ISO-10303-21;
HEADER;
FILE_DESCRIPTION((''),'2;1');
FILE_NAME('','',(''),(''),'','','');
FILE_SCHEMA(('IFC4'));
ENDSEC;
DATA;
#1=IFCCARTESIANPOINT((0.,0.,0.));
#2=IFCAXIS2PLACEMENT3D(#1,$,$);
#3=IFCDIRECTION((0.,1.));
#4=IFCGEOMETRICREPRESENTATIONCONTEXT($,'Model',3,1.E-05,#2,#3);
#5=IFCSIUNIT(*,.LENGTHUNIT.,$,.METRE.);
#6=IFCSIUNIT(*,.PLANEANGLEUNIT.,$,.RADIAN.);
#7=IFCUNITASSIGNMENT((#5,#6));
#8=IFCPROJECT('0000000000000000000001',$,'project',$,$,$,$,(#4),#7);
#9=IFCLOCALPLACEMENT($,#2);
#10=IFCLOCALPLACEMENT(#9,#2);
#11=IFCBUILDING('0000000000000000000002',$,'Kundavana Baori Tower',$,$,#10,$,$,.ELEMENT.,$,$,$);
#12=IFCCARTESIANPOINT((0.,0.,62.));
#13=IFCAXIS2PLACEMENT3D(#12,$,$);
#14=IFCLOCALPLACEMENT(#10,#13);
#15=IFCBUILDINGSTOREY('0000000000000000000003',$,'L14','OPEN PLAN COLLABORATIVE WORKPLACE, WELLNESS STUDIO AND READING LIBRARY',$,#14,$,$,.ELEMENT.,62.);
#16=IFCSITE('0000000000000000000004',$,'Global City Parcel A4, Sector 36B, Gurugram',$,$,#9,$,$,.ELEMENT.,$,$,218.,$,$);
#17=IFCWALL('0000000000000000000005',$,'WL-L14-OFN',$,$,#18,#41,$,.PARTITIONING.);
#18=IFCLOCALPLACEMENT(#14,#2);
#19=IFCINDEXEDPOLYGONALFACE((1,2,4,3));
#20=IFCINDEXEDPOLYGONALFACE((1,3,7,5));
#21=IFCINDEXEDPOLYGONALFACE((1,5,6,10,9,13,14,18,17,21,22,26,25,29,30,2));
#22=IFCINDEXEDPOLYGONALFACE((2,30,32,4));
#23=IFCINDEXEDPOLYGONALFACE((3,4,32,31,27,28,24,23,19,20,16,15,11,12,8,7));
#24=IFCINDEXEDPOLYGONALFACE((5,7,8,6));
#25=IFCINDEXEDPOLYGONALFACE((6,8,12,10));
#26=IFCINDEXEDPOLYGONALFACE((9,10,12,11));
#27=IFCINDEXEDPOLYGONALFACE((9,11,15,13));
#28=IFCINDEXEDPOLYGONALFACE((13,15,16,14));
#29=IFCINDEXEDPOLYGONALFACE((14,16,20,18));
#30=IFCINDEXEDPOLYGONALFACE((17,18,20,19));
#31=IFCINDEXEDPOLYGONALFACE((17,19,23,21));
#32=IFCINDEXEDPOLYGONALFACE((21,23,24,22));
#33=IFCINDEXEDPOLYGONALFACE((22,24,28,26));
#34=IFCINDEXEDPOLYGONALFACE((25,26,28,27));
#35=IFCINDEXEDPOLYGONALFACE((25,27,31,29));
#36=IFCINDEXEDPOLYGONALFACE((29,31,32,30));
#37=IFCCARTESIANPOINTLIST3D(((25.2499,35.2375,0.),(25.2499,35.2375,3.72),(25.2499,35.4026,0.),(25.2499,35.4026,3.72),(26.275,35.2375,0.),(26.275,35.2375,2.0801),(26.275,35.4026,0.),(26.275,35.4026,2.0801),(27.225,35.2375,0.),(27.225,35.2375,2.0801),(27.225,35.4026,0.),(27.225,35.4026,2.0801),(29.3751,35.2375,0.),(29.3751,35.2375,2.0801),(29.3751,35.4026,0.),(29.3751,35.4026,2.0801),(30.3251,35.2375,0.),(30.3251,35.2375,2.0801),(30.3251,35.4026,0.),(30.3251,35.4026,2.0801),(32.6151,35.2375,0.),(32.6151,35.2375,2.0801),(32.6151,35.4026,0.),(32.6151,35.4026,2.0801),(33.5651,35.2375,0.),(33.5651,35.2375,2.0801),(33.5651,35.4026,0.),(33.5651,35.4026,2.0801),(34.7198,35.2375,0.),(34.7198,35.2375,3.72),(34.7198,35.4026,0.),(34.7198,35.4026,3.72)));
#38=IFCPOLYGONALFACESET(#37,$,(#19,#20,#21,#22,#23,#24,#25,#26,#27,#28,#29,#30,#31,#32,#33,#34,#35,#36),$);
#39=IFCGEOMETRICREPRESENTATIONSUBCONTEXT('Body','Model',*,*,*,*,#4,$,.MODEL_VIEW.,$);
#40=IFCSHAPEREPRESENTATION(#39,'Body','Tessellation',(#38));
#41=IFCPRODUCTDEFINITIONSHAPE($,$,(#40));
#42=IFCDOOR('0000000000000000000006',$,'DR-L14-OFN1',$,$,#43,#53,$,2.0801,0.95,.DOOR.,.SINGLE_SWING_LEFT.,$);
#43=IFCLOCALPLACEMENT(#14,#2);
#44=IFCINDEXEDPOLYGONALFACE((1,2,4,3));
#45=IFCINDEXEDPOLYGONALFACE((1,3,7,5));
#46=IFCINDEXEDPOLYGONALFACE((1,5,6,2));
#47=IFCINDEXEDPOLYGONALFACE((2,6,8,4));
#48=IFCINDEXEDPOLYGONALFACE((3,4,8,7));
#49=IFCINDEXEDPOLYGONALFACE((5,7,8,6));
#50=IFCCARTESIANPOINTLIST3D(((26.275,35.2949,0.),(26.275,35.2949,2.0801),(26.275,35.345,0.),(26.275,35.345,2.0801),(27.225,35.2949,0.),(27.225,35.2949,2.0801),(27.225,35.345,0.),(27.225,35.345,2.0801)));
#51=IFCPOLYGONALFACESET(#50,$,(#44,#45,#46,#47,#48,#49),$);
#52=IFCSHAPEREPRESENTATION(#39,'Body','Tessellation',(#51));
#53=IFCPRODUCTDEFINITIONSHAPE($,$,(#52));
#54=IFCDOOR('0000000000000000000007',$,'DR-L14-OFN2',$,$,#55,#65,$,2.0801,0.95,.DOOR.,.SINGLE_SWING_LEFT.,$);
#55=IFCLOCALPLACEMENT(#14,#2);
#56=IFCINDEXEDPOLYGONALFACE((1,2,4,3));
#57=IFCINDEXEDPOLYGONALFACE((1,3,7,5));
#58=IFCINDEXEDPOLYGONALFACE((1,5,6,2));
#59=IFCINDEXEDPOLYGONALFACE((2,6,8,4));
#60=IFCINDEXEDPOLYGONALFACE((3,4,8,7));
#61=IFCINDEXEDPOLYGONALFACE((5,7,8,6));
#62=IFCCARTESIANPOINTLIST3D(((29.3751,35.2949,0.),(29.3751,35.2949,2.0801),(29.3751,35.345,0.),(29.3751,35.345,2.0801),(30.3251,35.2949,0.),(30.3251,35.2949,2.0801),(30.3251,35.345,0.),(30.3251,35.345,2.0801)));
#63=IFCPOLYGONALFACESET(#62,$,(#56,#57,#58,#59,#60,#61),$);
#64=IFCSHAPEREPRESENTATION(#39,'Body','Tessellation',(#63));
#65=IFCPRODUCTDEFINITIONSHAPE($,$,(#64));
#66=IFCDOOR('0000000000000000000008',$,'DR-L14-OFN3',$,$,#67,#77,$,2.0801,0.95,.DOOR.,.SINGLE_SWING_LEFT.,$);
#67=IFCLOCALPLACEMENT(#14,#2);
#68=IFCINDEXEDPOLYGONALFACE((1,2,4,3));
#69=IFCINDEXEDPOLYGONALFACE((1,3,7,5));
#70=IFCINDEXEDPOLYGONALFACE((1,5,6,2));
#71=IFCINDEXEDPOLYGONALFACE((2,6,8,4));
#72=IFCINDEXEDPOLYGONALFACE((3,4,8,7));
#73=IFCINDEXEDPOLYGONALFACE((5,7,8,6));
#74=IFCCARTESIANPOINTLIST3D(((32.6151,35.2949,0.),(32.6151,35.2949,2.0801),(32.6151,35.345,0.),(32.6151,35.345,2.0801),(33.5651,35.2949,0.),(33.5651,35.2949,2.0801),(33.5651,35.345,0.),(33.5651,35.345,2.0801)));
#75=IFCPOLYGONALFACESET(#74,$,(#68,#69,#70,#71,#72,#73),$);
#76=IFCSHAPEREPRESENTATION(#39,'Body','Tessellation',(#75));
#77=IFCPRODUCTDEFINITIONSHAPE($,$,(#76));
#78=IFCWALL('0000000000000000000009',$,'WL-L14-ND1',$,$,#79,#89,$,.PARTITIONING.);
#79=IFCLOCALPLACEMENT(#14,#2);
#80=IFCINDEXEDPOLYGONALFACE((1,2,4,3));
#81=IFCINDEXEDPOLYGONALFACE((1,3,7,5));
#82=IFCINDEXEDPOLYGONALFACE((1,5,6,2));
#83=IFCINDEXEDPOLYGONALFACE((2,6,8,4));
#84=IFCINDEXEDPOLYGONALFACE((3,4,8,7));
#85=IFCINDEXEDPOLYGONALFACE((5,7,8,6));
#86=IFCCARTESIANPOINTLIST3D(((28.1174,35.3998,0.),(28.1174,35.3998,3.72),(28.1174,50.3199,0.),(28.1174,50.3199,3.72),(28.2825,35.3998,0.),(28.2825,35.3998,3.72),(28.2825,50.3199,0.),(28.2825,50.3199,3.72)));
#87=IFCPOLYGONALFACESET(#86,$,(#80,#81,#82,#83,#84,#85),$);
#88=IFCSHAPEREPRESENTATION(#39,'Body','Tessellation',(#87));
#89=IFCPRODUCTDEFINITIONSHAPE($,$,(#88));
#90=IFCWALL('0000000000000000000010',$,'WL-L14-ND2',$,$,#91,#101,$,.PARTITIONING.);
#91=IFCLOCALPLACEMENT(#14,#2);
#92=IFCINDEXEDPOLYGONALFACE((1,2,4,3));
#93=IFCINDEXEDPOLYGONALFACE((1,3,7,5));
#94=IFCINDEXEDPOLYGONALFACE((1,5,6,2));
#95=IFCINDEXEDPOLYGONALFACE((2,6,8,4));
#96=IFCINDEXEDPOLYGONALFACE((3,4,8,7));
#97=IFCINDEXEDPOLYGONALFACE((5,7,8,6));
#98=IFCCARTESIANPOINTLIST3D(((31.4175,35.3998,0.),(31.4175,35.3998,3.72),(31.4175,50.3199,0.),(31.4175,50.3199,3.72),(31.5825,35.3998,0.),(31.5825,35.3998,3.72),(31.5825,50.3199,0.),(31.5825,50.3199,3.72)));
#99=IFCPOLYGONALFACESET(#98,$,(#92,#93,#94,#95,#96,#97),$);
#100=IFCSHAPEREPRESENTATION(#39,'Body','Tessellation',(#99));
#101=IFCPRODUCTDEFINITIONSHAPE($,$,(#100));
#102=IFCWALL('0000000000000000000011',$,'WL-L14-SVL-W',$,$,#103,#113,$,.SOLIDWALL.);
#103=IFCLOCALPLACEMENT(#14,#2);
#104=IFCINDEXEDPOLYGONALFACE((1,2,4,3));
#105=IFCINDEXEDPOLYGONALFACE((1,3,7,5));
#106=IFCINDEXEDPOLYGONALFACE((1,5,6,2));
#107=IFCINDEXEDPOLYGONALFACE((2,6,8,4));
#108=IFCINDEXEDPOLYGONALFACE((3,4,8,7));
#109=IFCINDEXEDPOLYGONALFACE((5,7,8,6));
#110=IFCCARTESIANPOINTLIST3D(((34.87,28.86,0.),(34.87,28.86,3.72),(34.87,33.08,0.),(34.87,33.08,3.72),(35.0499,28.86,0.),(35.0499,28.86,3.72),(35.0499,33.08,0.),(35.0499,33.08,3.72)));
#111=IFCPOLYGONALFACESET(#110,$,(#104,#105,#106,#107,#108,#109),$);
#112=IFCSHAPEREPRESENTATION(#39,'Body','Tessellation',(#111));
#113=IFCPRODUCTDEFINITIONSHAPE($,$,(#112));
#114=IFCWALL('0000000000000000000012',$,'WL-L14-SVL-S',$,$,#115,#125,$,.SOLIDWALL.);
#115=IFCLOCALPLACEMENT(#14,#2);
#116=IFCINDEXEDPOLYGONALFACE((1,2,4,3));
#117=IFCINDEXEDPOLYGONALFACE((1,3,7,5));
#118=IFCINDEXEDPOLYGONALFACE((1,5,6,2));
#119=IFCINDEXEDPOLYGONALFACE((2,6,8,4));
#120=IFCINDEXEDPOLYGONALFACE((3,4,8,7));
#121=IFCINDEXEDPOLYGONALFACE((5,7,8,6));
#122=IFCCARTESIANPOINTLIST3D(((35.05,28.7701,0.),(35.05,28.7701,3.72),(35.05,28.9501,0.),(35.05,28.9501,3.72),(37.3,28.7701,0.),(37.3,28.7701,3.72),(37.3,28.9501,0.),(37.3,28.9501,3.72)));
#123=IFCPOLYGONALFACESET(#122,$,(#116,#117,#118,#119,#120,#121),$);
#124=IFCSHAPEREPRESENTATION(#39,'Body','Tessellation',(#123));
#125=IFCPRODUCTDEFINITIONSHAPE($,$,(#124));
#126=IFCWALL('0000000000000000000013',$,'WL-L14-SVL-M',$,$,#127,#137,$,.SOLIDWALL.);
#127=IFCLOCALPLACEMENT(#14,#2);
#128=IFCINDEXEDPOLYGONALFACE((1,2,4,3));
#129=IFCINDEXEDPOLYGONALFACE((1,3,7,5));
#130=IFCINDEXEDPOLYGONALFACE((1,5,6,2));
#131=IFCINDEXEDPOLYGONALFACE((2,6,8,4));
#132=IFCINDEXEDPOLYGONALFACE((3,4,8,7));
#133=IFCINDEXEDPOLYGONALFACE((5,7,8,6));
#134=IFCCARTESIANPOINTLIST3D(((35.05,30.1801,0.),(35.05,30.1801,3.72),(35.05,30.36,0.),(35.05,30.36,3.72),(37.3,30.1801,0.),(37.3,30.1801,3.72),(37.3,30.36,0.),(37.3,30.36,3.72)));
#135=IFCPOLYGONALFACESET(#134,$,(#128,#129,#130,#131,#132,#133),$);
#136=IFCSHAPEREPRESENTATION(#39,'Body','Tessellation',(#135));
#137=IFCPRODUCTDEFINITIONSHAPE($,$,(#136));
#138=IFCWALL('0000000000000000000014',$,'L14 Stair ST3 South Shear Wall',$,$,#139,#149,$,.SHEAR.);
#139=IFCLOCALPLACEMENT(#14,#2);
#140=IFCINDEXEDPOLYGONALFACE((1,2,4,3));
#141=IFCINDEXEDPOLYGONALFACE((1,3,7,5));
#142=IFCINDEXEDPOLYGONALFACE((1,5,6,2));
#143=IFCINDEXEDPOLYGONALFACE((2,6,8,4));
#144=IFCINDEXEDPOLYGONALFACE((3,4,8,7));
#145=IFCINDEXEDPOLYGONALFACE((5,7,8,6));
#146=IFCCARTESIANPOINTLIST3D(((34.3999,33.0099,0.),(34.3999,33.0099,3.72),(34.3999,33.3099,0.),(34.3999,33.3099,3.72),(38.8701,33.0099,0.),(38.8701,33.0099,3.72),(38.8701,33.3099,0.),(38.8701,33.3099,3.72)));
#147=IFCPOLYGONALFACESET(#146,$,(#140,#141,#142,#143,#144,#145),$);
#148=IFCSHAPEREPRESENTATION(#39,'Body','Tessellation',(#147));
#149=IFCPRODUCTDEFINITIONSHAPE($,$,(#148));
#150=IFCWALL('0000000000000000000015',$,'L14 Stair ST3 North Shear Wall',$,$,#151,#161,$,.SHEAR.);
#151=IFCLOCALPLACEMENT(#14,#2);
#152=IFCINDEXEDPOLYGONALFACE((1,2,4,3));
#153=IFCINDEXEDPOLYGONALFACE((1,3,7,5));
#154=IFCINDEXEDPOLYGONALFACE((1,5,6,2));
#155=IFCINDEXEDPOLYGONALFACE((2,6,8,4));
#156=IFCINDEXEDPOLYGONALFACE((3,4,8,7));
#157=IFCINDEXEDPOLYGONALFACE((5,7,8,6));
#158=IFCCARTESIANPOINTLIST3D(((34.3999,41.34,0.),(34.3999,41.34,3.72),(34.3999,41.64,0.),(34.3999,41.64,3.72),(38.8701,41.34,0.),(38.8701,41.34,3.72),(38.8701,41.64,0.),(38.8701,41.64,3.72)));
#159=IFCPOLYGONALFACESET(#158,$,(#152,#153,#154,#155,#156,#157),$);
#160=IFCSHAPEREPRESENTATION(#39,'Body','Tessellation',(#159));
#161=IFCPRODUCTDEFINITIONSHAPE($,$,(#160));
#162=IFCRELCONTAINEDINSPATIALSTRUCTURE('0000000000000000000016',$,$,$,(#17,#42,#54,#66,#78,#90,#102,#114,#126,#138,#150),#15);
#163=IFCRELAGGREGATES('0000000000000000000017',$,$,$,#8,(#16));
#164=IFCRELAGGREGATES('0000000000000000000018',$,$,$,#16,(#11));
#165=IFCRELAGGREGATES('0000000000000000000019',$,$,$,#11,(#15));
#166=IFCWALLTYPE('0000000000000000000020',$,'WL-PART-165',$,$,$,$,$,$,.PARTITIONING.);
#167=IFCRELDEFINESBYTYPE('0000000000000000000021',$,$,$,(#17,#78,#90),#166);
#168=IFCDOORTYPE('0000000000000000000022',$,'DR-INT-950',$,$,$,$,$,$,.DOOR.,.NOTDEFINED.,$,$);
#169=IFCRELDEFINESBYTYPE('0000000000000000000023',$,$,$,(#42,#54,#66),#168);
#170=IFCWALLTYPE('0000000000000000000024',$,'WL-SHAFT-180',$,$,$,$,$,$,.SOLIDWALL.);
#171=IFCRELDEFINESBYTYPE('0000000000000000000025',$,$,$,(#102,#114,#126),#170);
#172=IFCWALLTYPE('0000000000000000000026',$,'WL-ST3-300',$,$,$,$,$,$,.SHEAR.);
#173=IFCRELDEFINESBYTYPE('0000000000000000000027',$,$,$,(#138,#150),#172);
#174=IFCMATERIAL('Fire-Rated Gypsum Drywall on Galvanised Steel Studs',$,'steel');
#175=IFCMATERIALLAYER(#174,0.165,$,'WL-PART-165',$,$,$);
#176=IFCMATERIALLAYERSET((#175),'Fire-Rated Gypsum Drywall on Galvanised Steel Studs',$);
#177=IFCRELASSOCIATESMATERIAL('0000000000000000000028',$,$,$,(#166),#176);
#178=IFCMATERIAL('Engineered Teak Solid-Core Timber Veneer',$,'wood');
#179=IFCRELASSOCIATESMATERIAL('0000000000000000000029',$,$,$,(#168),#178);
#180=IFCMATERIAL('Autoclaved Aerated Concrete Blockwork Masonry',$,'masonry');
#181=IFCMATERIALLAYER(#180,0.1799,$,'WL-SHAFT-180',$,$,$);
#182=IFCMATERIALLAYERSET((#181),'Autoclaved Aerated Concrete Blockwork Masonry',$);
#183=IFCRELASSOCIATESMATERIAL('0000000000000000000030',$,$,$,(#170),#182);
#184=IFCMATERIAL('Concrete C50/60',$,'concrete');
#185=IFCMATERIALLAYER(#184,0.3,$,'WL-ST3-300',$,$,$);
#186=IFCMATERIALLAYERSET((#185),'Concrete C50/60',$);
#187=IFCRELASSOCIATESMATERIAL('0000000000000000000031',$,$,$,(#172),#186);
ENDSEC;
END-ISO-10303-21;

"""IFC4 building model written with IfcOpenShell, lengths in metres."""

from ifc_helpers import new_model, si_unit, direction, frame, frame_2d, origin, place, context, subcontext, project, spatial, rectangle, extrude, material, layer, layer_set, type_object, element, fill, save


model = new_model("IFC4")

# Units and contexts
model_context = context("Model", 3, precision=1e-05, world=origin(), true_north=direction((0.0, 1.0)))
body_context = subcontext(model_context, "Body", "Model", "MODEL_VIEW")
ifc_project = project(units=[si_unit("LENGTHUNIT", "METRE"), si_unit("PLANEANGLEUNIT", "RADIAN")], contexts=[model_context])

# Site, building, storey
site_placement = place(None, origin())
site = spatial("IfcSite", under=ifc_project, at=site_placement, Name="Global City Parcel A4, Sector 36B, Gurugram", CompositionType="ELEMENT", RefElevation=218.0)
building_placement = place(site_placement, origin())
building = spatial("IfcBuilding", under=site, at=building_placement, Name="Kundavana Baori Tower", CompositionType="ELEMENT")
storey_placement = place(building_placement, frame((0.0, 0.0, 62.0)))
storey = spatial("IfcBuildingStorey", under=building, at=storey_placement, Name="L14", Description="OPEN PLAN COLLABORATIVE WORKPLACE, WELLNESS STUDIO AND READING LIBRARY", CompositionType="ELEMENT", Elevation=62.0)

# Wall, openings, doors
ifc_material_1 = material(Name="Fire-Rated Gypsum Drywall on Galvanised Steel Studs", Category="steel")
ifc_layer_1 = layer(ifc_material_1, 0.165, Name="WL-PART-165")
ifc_layer_set_1 = layer_set([ifc_layer_1], Name="Fire-Rated Gypsum Drywall on Galvanised Steel Studs")
wall_type_1 = type_object("IfcWallType", Name="WL-PART-165", PredefinedType="PARTITIONING", material=ifc_layer_set_1)
wall_1_placement = place(storey_placement, frame((25.25, 35.3201, 0.0), z_axis=(0.0, 0.0, 1.0), x_axis=(1.0, 0.0, 0.0)))
wall_1 = element("IfcWall", 1, at=wall_1_placement, inside=storey, type_object=wall_type_1, Name="WL-L14-OFN", PredefinedType="PARTITIONING", context=body_context, shape_type="SweptSolid", body=[
    extrude(rectangle(XDim=9.47, YDim=0.165, at=frame_2d((4.7349, 0.0))), origin(), (0.0, 0.0, 1.0), 3.72),
])
opening_1_placement = place(wall_1_placement, frame((1.0249, 0.0, 0.0)))
opening_1 = element("IfcOpeningElement", 2, at=opening_1_placement, cuts=wall_1, PredefinedType="OPENING", context=body_context, shape_type="SweptSolid", body=[
    extrude(rectangle(XDim=0.95, YDim=2.0801, at=frame_2d((0.4751, 1.04))), frame((0.0, 0.0925, 0.0), z_axis=(0.0, -1.0, 0.0), x_axis=(1.0, 0.0, 0.0)), (0.0, 0.0, 1.0), 0.1851),
])
opening_2_placement = place(wall_1_placement, frame((4.125, 0.0, 0.0)))
opening_2 = element("IfcOpeningElement", 3, at=opening_2_placement, cuts=wall_1, PredefinedType="OPENING", context=body_context, shape_type="SweptSolid", body=[
    extrude(rectangle(XDim=0.95, YDim=2.0801, at=frame_2d((0.4751, 1.04))), frame((0.0, 0.0925, 0.0), z_axis=(0.0, -1.0, 0.0), x_axis=(1.0, 0.0, 0.0)), (0.0, 0.0, 1.0), 0.1851),
])
opening_3_placement = place(wall_1_placement, frame((7.365, 0.0, 0.0)))
opening_3 = element("IfcOpeningElement", 4, at=opening_3_placement, cuts=wall_1, PredefinedType="OPENING", context=body_context, shape_type="SweptSolid", body=[
    extrude(rectangle(XDim=0.95, YDim=2.0801, at=frame_2d((0.4751, 1.04))), frame((0.0, 0.0925, 0.0), z_axis=(0.0, -1.0, 0.0), x_axis=(1.0, 0.0, 0.0)), (0.0, 0.0, 1.0), 0.1851),
])
ifc_material_2 = material(Name="Engineered Teak Solid-Core Timber Veneer", Category="wood")
door_type_1 = type_object("IfcDoorType", Name="DR-INT-950", OperationType="NOTDEFINED", PredefinedType="DOOR", material=ifc_material_2)
door_1_placement = place(opening_1_placement, origin())
door_1 = element("IfcDoor", 5, at=door_1_placement, inside=storey, type_object=door_type_1, Name="DR-L14-OFN1", OperationType="SINGLE_SWING_LEFT", OverallHeight=2.0801, OverallWidth=0.95, PredefinedType="DOOR", context=body_context, shape_type="SweptSolid", body=[
    extrude(rectangle(XDim=0.95, YDim=2.0801, at=frame_2d((0.4751, 1.04))), frame((0.0, 0.0249, 0.0), z_axis=(0.0, -1.0, 0.0), x_axis=(1.0, 0.0, 0.0)), (0.0, 0.0, 1.0), 0.05),
])
fill(opening_1, door_1)
door_2_placement = place(opening_2_placement, origin())
door_2 = element("IfcDoor", 6, at=door_2_placement, inside=storey, type_object=door_type_1, Name="DR-L14-OFN2", OperationType="SINGLE_SWING_LEFT", OverallHeight=2.0801, OverallWidth=0.95, PredefinedType="DOOR", context=body_context, shape_type="SweptSolid", body=[
    extrude(rectangle(XDim=0.95, YDim=2.0801, at=frame_2d((0.4751, 1.04))), frame((0.0, 0.0249, 0.0), z_axis=(0.0, -1.0, 0.0), x_axis=(1.0, 0.0, 0.0)), (0.0, 0.0, 1.0), 0.05),
])
fill(opening_2, door_2)
door_3_placement = place(opening_3_placement, origin())
door_3 = element("IfcDoor", 7, at=door_3_placement, inside=storey, type_object=door_type_1, Name="DR-L14-OFN3", OperationType="SINGLE_SWING_LEFT", OverallHeight=2.0801, OverallWidth=0.95, PredefinedType="DOOR", context=body_context, shape_type="SweptSolid", body=[
    extrude(rectangle(XDim=0.95, YDim=2.0801, at=frame_2d((0.4751, 1.04))), frame((0.0, 0.0249, 0.0), z_axis=(0.0, -1.0, 0.0), x_axis=(1.0, 0.0, 0.0)), (0.0, 0.0, 1.0), 0.05),
])
fill(opening_3, door_3)

# Walls
for number, where, z_axis, x_axis, name in (
    (8, (28.2, 35.3999, 0.0), (0.0, 0.0, 1.0), (0.0, 1.0, 0.0), "WL-L14-ND1"),
    (9, (31.5, 35.3999, 0.0), (0.0, 0.0, 1.0), (0.0, 1.0, 0.0), "WL-L14-ND2"),
):
    element("IfcWall", number, at=place(storey_placement, frame(where, z_axis=z_axis, x_axis=x_axis)), inside=storey, type_object=wall_type_1, Name=name, PredefinedType="PARTITIONING", context=body_context, shape_type="SweptSolid", body=[
        extrude(rectangle(XDim=14.9202, YDim=0.165, at=frame_2d((7.46, 0.0))), origin(), (0.0, 0.0, 1.0), 3.72),
    ])
ifc_material_3 = material(Name="Autoclaved Aerated Concrete Blockwork Masonry", Category="masonry")
ifc_layer_2 = layer(ifc_material_3, 0.1799, Name="WL-SHAFT-180")
ifc_layer_set_2 = layer_set([ifc_layer_2], Name="Autoclaved Aerated Concrete Blockwork Masonry")
wall_type_2 = type_object("IfcWallType", Name="WL-SHAFT-180", PredefinedType="SOLIDWALL", material=ifc_layer_set_2)
wall_2_placement = place(storey_placement, frame((34.96, 28.8601, 0.0), z_axis=(0.0, 0.0, 1.0), x_axis=(0.0, 1.0, 0.0)))
element("IfcWall", 10, at=wall_2_placement, inside=storey, type_object=wall_type_2, Name="WL-L14-SVL-W", PredefinedType="SOLIDWALL", context=body_context, shape_type="SweptSolid", body=[
    extrude(rectangle(XDim=4.22, YDim=0.1799, at=frame_2d((2.1099, 0.0))), origin(), (0.0, 0.0, 1.0), 3.72),
])
for number, where, z_axis, x_axis, name in (
    (11, (35.05, 28.8601, 0.0), (0.0, 0.0, 1.0), (1.0, 0.0, 0.0), "WL-L14-SVL-S"),
    (12, (35.05, 30.27, 0.0), (0.0, 0.0, 1.0), (1.0, 0.0, 0.0), "WL-L14-SVL-M"),
):
    element("IfcWall", number, at=place(storey_placement, frame(where, z_axis=z_axis, x_axis=x_axis)), inside=storey, type_object=wall_type_2, Name=name, PredefinedType="SOLIDWALL", context=body_context, shape_type="SweptSolid", body=[
        extrude(rectangle(XDim=2.25, YDim=0.1799, at=frame_2d((1.125, 0.0))), origin(), (0.0, 0.0, 1.0), 3.72),
    ])
ifc_material_4 = material(Name="Concrete C50/60", Category="concrete")
ifc_layer_3 = layer(ifc_material_4, 0.3, Name="WL-ST3-300")
ifc_layer_set_3 = layer_set([ifc_layer_3], Name="Concrete C50/60")
wall_type_3 = type_object("IfcWallType", Name="WL-ST3-300", PredefinedType="SHEAR", material=ifc_layer_set_3)
for number, where, z_axis, x_axis, name in (
    (13, (34.3999, 33.1599, 0.0), (0.0, 0.0, 1.0), (1.0, 0.0, 0.0), "L14 Stair ST3 South Shear Wall"),
    (14, (34.3999, 41.49, 0.0), (0.0, 0.0, 1.0), (1.0, 0.0, 0.0), "L14 Stair ST3 North Shear Wall"),
):
    element("IfcWall", number, at=place(storey_placement, frame(where, z_axis=z_axis, x_axis=x_axis)), inside=storey, type_object=wall_type_3, Name=name, PredefinedType="SHEAR", context=body_context, shape_type="SweptSolid", body=[
        extrude(rectangle(XDim=4.4702, YDim=0.3, at=frame_2d((2.2351, 0.0))), origin(), (0.0, 0.0, 1.0), 3.72),
    ])

save(model, "model.ifc")
